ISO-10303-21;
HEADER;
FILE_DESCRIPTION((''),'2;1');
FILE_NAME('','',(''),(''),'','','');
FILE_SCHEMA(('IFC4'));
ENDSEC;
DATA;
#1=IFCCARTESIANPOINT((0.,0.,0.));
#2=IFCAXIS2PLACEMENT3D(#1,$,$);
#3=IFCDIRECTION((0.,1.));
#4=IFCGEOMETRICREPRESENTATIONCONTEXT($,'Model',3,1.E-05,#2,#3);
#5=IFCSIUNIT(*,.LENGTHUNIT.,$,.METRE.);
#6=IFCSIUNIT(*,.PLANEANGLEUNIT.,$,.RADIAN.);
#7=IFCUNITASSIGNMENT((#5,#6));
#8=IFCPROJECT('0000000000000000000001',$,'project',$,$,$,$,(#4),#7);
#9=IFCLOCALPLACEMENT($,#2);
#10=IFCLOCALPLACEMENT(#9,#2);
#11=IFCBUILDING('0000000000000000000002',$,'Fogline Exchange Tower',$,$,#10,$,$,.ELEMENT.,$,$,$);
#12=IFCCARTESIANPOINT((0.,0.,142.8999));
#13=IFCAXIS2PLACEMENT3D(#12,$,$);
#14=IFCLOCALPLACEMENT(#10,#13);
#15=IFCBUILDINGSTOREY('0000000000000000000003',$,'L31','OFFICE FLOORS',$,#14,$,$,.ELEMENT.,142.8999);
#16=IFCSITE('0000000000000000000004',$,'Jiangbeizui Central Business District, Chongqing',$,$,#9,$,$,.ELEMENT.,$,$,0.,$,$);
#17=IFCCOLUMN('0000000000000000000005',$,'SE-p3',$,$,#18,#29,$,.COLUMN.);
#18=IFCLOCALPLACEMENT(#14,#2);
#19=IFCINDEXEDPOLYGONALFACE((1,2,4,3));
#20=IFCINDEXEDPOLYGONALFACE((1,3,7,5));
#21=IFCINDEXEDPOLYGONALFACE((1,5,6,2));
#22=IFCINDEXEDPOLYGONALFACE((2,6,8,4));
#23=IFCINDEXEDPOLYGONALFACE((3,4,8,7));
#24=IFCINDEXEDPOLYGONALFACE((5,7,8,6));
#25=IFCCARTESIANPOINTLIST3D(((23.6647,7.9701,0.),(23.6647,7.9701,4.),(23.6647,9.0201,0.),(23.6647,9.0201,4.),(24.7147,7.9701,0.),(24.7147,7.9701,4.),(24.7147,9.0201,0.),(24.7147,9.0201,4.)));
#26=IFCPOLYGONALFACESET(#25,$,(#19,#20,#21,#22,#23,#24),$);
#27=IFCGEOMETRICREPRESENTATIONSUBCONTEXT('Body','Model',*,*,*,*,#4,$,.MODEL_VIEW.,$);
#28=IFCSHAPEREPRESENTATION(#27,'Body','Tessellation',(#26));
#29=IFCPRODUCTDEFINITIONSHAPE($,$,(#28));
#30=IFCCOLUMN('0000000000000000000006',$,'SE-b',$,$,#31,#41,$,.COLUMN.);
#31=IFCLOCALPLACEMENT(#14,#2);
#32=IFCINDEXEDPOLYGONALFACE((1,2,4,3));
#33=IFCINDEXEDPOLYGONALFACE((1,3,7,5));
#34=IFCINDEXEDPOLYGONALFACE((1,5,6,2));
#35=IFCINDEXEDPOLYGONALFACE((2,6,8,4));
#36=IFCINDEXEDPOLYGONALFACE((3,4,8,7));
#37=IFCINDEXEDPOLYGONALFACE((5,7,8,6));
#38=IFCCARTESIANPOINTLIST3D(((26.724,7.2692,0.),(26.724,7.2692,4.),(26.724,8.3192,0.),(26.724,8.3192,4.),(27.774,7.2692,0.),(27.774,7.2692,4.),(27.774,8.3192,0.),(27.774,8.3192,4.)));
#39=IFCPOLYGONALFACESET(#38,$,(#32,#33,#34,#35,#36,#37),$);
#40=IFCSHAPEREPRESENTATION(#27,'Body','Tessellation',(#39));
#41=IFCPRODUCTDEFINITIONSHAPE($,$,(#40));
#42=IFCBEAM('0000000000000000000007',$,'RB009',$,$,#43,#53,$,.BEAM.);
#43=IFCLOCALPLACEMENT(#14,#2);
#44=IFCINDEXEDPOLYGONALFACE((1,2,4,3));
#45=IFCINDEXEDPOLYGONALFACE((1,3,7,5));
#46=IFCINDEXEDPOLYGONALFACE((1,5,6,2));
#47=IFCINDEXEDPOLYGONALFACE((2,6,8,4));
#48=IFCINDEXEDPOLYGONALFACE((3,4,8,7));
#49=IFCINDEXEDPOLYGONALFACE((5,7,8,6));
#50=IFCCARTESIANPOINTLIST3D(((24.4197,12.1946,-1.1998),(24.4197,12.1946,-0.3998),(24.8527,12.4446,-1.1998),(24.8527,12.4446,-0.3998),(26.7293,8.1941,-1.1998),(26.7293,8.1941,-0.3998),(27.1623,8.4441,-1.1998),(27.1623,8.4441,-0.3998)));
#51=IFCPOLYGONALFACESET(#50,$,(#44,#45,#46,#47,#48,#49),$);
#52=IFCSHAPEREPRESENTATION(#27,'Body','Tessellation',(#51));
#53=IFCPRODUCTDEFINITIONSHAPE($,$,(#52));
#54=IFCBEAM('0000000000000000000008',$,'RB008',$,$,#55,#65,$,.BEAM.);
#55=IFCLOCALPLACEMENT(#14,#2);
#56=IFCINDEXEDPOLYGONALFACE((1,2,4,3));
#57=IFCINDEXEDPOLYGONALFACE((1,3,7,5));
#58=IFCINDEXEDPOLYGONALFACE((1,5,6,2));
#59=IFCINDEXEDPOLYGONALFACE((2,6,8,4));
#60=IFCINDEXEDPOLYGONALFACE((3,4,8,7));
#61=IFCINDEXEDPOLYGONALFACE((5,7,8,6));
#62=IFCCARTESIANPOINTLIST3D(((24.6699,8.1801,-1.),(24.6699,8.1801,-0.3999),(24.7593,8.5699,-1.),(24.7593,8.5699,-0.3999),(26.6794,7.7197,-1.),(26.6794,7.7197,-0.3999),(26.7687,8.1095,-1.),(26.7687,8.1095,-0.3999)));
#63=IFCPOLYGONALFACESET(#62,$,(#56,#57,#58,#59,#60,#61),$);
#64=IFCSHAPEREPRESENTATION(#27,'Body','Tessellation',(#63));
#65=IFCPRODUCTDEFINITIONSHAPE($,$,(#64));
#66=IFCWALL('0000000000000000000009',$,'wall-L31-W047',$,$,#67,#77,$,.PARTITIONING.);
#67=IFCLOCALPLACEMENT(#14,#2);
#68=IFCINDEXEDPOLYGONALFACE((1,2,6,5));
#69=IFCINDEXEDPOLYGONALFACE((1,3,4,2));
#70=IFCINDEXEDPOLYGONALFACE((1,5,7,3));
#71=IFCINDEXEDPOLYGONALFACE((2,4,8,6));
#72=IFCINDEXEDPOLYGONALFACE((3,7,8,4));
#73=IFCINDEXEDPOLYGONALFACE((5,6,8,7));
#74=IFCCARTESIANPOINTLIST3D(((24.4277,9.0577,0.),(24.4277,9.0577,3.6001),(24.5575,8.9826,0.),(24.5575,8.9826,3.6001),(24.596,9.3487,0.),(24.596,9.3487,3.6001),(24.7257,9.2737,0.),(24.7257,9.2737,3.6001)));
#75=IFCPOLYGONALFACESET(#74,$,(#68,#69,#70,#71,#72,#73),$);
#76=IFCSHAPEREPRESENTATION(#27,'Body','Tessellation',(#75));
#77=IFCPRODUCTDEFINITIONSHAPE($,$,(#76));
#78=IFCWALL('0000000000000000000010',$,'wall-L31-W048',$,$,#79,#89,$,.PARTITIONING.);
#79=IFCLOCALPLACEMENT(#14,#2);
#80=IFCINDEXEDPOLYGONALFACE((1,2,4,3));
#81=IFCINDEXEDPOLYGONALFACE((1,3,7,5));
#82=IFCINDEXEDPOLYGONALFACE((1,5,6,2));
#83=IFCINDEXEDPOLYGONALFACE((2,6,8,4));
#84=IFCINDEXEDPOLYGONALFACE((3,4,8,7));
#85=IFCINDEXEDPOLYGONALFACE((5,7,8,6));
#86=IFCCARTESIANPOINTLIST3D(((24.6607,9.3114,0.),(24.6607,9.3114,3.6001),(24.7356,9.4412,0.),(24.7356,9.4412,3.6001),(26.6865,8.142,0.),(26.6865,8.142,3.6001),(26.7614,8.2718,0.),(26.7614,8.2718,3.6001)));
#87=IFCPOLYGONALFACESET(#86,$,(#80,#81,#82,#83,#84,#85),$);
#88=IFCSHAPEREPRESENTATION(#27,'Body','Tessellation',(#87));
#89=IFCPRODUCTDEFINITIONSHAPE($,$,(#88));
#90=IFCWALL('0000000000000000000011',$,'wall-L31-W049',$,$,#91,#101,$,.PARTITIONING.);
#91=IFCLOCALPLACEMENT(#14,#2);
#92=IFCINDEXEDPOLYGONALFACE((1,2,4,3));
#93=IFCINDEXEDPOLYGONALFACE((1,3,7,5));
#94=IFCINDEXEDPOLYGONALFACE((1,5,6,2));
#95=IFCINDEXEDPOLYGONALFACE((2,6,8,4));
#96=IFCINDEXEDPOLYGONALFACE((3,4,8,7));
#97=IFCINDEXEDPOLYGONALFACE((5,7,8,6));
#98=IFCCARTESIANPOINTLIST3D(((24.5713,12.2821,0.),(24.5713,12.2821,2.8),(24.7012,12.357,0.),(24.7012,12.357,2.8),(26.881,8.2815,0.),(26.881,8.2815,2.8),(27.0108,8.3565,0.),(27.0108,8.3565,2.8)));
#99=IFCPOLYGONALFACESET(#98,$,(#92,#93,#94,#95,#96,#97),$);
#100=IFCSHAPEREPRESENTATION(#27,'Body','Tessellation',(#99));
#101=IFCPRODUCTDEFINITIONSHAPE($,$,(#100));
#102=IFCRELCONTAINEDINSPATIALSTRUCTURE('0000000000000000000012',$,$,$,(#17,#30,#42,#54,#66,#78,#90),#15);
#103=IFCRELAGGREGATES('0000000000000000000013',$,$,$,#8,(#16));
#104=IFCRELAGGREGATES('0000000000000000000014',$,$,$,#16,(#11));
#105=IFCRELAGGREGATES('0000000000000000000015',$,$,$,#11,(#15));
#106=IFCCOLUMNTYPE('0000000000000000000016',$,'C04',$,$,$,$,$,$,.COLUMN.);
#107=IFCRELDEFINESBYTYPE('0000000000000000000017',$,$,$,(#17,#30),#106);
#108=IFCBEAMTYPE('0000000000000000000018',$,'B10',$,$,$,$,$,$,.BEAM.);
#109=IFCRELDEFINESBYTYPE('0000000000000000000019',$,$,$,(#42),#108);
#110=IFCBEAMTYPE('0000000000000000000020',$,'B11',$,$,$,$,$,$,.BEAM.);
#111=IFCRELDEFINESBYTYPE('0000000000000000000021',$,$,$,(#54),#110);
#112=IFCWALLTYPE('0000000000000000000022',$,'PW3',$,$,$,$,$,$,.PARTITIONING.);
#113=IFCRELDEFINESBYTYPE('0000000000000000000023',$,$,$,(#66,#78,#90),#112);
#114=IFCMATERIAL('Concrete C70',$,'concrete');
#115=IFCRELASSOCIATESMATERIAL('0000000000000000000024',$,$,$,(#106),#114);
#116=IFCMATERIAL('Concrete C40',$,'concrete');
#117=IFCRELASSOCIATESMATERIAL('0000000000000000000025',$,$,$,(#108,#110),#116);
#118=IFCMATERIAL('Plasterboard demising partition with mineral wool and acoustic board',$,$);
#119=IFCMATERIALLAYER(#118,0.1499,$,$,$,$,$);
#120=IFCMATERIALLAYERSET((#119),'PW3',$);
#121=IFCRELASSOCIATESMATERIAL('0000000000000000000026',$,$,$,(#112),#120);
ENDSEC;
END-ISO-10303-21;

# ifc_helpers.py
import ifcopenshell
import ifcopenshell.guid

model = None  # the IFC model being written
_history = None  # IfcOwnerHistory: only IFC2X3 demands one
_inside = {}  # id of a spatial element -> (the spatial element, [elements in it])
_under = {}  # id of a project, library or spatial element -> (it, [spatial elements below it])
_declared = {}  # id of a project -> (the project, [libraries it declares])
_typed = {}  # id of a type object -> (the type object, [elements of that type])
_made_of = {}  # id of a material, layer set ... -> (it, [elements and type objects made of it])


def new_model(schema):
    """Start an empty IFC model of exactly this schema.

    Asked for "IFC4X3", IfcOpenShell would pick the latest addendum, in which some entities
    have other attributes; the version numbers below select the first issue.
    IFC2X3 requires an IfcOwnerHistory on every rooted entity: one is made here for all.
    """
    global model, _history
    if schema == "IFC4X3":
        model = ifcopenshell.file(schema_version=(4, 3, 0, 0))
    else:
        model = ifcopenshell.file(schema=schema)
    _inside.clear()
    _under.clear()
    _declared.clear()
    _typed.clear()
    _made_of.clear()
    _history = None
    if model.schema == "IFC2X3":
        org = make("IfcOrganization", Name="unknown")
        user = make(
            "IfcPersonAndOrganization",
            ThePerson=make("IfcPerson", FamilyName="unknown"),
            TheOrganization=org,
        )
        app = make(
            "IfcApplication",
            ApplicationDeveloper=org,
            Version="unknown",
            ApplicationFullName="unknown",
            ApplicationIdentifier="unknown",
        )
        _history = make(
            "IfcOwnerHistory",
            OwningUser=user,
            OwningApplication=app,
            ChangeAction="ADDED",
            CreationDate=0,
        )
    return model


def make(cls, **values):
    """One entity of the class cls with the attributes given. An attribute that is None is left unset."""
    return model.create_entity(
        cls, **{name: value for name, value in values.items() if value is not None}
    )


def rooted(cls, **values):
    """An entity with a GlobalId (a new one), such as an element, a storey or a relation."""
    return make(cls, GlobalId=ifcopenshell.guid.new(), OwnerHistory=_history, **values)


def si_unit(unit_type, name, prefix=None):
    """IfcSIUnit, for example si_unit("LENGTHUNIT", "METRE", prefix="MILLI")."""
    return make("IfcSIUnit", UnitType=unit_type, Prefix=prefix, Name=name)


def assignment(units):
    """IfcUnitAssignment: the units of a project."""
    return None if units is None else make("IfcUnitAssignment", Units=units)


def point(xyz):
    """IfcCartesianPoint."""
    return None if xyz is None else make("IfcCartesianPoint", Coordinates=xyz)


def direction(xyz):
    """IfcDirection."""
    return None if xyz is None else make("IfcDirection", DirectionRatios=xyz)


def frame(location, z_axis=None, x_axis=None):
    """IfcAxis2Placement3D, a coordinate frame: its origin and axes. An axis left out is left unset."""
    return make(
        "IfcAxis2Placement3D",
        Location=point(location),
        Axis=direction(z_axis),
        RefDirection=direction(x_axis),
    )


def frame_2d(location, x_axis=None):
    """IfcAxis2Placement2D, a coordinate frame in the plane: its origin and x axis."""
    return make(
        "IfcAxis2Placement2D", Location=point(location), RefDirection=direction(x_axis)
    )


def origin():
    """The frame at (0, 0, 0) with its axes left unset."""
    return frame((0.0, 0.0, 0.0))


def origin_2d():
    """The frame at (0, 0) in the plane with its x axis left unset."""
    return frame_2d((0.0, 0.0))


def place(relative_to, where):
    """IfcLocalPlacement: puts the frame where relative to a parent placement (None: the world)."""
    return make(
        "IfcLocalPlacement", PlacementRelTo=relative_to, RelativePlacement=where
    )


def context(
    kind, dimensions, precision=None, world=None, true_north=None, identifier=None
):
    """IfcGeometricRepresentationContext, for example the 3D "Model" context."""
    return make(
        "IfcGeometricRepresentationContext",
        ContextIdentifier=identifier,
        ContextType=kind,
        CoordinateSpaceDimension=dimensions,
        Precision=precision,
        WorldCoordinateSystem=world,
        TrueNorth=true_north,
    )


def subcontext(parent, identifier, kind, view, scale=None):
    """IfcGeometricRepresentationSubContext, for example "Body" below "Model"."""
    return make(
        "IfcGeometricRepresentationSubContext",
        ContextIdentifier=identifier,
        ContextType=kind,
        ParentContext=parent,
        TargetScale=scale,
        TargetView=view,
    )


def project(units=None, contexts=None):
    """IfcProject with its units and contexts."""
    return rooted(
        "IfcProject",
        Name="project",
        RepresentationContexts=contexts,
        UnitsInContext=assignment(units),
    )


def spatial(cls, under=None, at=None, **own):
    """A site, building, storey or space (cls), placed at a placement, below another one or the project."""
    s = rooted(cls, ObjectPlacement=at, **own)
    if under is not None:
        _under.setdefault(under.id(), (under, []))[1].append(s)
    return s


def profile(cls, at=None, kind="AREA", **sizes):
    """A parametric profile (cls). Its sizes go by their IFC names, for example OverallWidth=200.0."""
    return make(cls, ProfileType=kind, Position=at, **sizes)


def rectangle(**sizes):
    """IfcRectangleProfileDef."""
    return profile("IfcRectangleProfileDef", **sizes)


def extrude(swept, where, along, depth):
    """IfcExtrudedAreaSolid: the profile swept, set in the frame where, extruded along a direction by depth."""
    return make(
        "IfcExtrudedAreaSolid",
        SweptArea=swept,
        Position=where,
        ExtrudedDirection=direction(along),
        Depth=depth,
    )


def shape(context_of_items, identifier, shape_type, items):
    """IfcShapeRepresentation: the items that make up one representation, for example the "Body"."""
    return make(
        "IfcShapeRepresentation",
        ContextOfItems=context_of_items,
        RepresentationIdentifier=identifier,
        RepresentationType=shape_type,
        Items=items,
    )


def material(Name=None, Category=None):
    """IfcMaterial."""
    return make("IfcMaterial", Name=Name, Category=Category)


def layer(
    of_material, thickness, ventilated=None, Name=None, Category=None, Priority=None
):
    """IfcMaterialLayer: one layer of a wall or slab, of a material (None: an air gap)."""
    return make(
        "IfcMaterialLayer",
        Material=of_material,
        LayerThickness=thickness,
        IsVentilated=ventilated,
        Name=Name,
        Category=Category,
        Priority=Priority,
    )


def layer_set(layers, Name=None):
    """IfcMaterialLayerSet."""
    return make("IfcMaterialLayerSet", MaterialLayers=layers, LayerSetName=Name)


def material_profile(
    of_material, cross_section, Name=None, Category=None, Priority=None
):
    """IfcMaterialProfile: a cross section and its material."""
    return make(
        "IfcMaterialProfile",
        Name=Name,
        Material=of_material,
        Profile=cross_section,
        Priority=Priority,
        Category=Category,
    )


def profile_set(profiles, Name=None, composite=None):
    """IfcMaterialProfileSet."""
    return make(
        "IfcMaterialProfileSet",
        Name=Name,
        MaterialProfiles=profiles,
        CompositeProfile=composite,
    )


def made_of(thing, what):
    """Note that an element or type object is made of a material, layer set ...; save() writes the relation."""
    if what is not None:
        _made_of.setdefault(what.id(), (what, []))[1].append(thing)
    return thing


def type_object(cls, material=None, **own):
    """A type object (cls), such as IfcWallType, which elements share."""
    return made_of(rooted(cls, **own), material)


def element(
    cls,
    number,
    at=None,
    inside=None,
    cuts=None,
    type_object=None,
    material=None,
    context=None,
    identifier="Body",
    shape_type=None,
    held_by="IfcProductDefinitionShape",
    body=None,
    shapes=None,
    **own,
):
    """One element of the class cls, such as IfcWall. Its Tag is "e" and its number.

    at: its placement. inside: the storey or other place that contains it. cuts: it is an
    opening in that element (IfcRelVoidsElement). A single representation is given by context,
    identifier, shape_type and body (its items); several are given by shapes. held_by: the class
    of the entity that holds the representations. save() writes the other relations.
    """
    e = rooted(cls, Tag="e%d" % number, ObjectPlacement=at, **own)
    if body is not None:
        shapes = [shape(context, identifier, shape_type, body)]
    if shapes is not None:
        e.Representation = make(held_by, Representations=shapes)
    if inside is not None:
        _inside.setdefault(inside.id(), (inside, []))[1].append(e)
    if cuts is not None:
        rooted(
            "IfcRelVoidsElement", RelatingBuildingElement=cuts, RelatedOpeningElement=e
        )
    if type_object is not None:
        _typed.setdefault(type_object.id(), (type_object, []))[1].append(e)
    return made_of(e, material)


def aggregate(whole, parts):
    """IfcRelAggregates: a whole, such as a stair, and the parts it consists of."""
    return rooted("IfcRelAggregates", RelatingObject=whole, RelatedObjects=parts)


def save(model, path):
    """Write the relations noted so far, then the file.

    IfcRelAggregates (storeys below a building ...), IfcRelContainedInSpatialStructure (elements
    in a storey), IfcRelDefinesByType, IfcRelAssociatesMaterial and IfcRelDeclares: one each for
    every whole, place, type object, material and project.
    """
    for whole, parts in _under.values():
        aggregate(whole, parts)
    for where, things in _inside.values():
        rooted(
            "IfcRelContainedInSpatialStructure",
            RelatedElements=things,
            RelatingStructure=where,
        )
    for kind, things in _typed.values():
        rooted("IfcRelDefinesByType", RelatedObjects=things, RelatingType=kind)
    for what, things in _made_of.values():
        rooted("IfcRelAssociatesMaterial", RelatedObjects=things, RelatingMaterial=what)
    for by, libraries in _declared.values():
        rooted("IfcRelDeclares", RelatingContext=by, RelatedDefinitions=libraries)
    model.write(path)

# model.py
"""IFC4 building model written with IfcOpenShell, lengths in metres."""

from ifc_helpers import new_model, si_unit, direction, frame, frame_2d, origin, origin_2d, place, context, subcontext, project, spatial, rectangle, extrude, material, layer, layer_set, material_profile, profile_set, type_object, element, save


model = new_model("IFC4")

# Units and contexts
model_context = context("Model", 3, precision=1e-05, world=origin(), true_north=direction((0.0, 1.0)))
body_context = subcontext(model_context, "Body", "Model", "MODEL_VIEW")
ifc_project = project(units=[si_unit("LENGTHUNIT", "METRE"), si_unit("PLANEANGLEUNIT", "RADIAN")], contexts=[model_context])

# Site, building, storey
site_placement = place(None, origin())
site = spatial("IfcSite", under=ifc_project, at=site_placement, Name="Jiangbeizui Central Business District, Chongqing", CompositionType="ELEMENT", RefElevation=0.0)
building_placement = place(site_placement, origin())
building = spatial("IfcBuilding", under=site, at=building_placement, Name="Fogline Exchange Tower", CompositionType="ELEMENT")
storey_placement = place(building_placement, frame((0.0, 0.0, 142.8999)))
storey = spatial("IfcBuildingStorey", under=building, at=storey_placement, Name="L31", Description="OFFICE FLOORS", CompositionType="ELEMENT", Elevation=142.8999)

# Columns
ifc_material_1 = material(Name="Concrete C70", Category="concrete")
ifc_material_profile_1 = material_profile(ifc_material_1, rectangle(XDim=1.05, YDim=1.05, at=origin_2d()), Name="RC 1050x1050")
ifc_profile_set_1 = profile_set([ifc_material_profile_1], Name="Concrete C70")
column_type = type_object("IfcColumnType", Name="C04", PredefinedType="COLUMN", material=ifc_profile_set_1)
for number, where, z_axis, x_axis, name in (
    (1, (24.1897, 8.4951, 0.0), (0.0, 0.0, 1.0), (1.0, 0.0, 0.0), "SE-p3"),
    (2, (27.249, 7.7942, 0.0), (0.0, 0.0, 1.0), (1.0, 0.0, 0.0), "SE-b"),
):
    element("IfcColumn", number, at=place(storey_placement, frame(where, z_axis=z_axis, x_axis=x_axis)), inside=storey, type_object=column_type, Name=name, PredefinedType="COLUMN", context=body_context, shape_type="SweptSolid", body=[
        extrude(rectangle(XDim=1.05, YDim=1.05, at=origin_2d()), origin(), (0.0, 0.0, 1.0), 4.0),
    ])

# Beams
ifc_material_2 = material(Name="Concrete C40", Category="concrete")
ifc_material_profile_2 = material_profile(ifc_material_2, rectangle(XDim=0.5, YDim=0.8, at=origin_2d()), Name="RC 500x800")
ifc_profile_set_2 = profile_set([ifc_material_profile_2], Name="Concrete C40")
beam_type_1 = type_object("IfcBeamType", Name="B10", PredefinedType="BEAM", material=ifc_profile_set_2)
beam_1_placement = place(storey_placement, frame((26.9458, 8.3191, -0.7998), z_axis=(-0.499982, 0.866036, 0.0), x_axis=(-0.866036, -0.499982, 0.0)))
element("IfcBeam", 3, at=beam_1_placement, inside=storey, type_object=beam_type_1, Name="RB009", PredefinedType="BEAM", context=body_context, shape_type="SweptSolid", body=[
    extrude(rectangle(XDim=0.5, YDim=0.8, at=origin_2d()), origin(), (0.0, 0.0, 1.0), 4.6194),
])
ifc_material_profile_3 = material_profile(ifc_material_2, rectangle(XDim=0.3999, YDim=0.6001, at=origin_2d()), Name="RC 400x600")
ifc_profile_set_3 = profile_set([ifc_material_profile_3], Name="Concrete C40")
beam_type_2 = type_object("IfcBeamType", Name="B11", PredefinedType="BEAM", material=ifc_profile_set_3)
beam_2_placement = place(storey_placement, frame((24.7146, 8.375, -0.7), z_axis=(0.974739, -0.223346, 0.0), x_axis=(0.223346, 0.974739, 0.0)))
element("IfcBeam", 4, at=beam_2_placement, inside=storey, type_object=beam_type_2, Name="RB008", PredefinedType="BEAM", context=body_context, shape_type="SweptSolid", body=[
    extrude(rectangle(XDim=0.3999, YDim=0.6001, at=origin_2d()), origin(), (0.0, 0.0, 1.0), 2.0615),
])

# Walls
ifc_material_3 = material(Name="Plasterboard demising partition with mineral wool and acoustic board")
ifc_layer_1 = layer(ifc_material_3, 0.1499)
ifc_layer_set_1 = layer_set([ifc_layer_1], Name="PW3")
wall_type_1 = type_object("IfcWallType", Name="PW3", PredefinedType="PARTITIONING", material=ifc_layer_set_1)
wall_1_placement = place(storey_placement, frame((24.4927, 9.0203, 0.0), z_axis=(0.0, 0.0, 1.0), x_axis=(0.500435, 0.865774, 0.0)))
element("IfcWall", 5, at=wall_1_placement, inside=storey, type_object=wall_type_1, Name="wall-L31-W047", PredefinedType="PARTITIONING", context=body_context, shape_type="SweptSolid", body=[
    extrude(rectangle(XDim=0.3362, YDim=0.1499, at=frame_2d((0.168, 0.0))), origin(), (0.0, 0.0, 1.0), 3.6001),
])
wall_2_placement = place(storey_placement, frame((24.6982, 9.3762, 0.0), z_axis=(0.0, 0.0, 1.0), x_axis=(0.866064, -0.499933, 0.0)))
element("IfcWall", 6, at=wall_2_placement, inside=storey, type_object=wall_type_1, Name="wall-L31-W048", PredefinedType="PARTITIONING", context=body_context, shape_type="SweptSolid", body=[
    extrude(rectangle(XDim=2.3391, YDim=0.1499, at=frame_2d((1.1694, 0.0))), origin(), (0.0, 0.0, 1.0), 3.6001),
])
wall_3_placement = place(storey_placement, frame((26.9458, 8.3191, 0.0), z_axis=(0.0, 0.0, 1.0), x_axis=(-0.499982, 0.866036, 0.0)))
element("IfcWall", 7, at=wall_3_placement, inside=storey, type_object=wall_type_1, Name="wall-L31-W049", PredefinedType="PARTITIONING", context=body_context, shape_type="SweptSolid", body=[
    extrude(rectangle(XDim=4.6194, YDim=0.1499, at=frame_2d((2.3096, 0.0))), origin(), (0.0, 0.0, 1.0), 2.8),
])

save(model, "model.ifc")
